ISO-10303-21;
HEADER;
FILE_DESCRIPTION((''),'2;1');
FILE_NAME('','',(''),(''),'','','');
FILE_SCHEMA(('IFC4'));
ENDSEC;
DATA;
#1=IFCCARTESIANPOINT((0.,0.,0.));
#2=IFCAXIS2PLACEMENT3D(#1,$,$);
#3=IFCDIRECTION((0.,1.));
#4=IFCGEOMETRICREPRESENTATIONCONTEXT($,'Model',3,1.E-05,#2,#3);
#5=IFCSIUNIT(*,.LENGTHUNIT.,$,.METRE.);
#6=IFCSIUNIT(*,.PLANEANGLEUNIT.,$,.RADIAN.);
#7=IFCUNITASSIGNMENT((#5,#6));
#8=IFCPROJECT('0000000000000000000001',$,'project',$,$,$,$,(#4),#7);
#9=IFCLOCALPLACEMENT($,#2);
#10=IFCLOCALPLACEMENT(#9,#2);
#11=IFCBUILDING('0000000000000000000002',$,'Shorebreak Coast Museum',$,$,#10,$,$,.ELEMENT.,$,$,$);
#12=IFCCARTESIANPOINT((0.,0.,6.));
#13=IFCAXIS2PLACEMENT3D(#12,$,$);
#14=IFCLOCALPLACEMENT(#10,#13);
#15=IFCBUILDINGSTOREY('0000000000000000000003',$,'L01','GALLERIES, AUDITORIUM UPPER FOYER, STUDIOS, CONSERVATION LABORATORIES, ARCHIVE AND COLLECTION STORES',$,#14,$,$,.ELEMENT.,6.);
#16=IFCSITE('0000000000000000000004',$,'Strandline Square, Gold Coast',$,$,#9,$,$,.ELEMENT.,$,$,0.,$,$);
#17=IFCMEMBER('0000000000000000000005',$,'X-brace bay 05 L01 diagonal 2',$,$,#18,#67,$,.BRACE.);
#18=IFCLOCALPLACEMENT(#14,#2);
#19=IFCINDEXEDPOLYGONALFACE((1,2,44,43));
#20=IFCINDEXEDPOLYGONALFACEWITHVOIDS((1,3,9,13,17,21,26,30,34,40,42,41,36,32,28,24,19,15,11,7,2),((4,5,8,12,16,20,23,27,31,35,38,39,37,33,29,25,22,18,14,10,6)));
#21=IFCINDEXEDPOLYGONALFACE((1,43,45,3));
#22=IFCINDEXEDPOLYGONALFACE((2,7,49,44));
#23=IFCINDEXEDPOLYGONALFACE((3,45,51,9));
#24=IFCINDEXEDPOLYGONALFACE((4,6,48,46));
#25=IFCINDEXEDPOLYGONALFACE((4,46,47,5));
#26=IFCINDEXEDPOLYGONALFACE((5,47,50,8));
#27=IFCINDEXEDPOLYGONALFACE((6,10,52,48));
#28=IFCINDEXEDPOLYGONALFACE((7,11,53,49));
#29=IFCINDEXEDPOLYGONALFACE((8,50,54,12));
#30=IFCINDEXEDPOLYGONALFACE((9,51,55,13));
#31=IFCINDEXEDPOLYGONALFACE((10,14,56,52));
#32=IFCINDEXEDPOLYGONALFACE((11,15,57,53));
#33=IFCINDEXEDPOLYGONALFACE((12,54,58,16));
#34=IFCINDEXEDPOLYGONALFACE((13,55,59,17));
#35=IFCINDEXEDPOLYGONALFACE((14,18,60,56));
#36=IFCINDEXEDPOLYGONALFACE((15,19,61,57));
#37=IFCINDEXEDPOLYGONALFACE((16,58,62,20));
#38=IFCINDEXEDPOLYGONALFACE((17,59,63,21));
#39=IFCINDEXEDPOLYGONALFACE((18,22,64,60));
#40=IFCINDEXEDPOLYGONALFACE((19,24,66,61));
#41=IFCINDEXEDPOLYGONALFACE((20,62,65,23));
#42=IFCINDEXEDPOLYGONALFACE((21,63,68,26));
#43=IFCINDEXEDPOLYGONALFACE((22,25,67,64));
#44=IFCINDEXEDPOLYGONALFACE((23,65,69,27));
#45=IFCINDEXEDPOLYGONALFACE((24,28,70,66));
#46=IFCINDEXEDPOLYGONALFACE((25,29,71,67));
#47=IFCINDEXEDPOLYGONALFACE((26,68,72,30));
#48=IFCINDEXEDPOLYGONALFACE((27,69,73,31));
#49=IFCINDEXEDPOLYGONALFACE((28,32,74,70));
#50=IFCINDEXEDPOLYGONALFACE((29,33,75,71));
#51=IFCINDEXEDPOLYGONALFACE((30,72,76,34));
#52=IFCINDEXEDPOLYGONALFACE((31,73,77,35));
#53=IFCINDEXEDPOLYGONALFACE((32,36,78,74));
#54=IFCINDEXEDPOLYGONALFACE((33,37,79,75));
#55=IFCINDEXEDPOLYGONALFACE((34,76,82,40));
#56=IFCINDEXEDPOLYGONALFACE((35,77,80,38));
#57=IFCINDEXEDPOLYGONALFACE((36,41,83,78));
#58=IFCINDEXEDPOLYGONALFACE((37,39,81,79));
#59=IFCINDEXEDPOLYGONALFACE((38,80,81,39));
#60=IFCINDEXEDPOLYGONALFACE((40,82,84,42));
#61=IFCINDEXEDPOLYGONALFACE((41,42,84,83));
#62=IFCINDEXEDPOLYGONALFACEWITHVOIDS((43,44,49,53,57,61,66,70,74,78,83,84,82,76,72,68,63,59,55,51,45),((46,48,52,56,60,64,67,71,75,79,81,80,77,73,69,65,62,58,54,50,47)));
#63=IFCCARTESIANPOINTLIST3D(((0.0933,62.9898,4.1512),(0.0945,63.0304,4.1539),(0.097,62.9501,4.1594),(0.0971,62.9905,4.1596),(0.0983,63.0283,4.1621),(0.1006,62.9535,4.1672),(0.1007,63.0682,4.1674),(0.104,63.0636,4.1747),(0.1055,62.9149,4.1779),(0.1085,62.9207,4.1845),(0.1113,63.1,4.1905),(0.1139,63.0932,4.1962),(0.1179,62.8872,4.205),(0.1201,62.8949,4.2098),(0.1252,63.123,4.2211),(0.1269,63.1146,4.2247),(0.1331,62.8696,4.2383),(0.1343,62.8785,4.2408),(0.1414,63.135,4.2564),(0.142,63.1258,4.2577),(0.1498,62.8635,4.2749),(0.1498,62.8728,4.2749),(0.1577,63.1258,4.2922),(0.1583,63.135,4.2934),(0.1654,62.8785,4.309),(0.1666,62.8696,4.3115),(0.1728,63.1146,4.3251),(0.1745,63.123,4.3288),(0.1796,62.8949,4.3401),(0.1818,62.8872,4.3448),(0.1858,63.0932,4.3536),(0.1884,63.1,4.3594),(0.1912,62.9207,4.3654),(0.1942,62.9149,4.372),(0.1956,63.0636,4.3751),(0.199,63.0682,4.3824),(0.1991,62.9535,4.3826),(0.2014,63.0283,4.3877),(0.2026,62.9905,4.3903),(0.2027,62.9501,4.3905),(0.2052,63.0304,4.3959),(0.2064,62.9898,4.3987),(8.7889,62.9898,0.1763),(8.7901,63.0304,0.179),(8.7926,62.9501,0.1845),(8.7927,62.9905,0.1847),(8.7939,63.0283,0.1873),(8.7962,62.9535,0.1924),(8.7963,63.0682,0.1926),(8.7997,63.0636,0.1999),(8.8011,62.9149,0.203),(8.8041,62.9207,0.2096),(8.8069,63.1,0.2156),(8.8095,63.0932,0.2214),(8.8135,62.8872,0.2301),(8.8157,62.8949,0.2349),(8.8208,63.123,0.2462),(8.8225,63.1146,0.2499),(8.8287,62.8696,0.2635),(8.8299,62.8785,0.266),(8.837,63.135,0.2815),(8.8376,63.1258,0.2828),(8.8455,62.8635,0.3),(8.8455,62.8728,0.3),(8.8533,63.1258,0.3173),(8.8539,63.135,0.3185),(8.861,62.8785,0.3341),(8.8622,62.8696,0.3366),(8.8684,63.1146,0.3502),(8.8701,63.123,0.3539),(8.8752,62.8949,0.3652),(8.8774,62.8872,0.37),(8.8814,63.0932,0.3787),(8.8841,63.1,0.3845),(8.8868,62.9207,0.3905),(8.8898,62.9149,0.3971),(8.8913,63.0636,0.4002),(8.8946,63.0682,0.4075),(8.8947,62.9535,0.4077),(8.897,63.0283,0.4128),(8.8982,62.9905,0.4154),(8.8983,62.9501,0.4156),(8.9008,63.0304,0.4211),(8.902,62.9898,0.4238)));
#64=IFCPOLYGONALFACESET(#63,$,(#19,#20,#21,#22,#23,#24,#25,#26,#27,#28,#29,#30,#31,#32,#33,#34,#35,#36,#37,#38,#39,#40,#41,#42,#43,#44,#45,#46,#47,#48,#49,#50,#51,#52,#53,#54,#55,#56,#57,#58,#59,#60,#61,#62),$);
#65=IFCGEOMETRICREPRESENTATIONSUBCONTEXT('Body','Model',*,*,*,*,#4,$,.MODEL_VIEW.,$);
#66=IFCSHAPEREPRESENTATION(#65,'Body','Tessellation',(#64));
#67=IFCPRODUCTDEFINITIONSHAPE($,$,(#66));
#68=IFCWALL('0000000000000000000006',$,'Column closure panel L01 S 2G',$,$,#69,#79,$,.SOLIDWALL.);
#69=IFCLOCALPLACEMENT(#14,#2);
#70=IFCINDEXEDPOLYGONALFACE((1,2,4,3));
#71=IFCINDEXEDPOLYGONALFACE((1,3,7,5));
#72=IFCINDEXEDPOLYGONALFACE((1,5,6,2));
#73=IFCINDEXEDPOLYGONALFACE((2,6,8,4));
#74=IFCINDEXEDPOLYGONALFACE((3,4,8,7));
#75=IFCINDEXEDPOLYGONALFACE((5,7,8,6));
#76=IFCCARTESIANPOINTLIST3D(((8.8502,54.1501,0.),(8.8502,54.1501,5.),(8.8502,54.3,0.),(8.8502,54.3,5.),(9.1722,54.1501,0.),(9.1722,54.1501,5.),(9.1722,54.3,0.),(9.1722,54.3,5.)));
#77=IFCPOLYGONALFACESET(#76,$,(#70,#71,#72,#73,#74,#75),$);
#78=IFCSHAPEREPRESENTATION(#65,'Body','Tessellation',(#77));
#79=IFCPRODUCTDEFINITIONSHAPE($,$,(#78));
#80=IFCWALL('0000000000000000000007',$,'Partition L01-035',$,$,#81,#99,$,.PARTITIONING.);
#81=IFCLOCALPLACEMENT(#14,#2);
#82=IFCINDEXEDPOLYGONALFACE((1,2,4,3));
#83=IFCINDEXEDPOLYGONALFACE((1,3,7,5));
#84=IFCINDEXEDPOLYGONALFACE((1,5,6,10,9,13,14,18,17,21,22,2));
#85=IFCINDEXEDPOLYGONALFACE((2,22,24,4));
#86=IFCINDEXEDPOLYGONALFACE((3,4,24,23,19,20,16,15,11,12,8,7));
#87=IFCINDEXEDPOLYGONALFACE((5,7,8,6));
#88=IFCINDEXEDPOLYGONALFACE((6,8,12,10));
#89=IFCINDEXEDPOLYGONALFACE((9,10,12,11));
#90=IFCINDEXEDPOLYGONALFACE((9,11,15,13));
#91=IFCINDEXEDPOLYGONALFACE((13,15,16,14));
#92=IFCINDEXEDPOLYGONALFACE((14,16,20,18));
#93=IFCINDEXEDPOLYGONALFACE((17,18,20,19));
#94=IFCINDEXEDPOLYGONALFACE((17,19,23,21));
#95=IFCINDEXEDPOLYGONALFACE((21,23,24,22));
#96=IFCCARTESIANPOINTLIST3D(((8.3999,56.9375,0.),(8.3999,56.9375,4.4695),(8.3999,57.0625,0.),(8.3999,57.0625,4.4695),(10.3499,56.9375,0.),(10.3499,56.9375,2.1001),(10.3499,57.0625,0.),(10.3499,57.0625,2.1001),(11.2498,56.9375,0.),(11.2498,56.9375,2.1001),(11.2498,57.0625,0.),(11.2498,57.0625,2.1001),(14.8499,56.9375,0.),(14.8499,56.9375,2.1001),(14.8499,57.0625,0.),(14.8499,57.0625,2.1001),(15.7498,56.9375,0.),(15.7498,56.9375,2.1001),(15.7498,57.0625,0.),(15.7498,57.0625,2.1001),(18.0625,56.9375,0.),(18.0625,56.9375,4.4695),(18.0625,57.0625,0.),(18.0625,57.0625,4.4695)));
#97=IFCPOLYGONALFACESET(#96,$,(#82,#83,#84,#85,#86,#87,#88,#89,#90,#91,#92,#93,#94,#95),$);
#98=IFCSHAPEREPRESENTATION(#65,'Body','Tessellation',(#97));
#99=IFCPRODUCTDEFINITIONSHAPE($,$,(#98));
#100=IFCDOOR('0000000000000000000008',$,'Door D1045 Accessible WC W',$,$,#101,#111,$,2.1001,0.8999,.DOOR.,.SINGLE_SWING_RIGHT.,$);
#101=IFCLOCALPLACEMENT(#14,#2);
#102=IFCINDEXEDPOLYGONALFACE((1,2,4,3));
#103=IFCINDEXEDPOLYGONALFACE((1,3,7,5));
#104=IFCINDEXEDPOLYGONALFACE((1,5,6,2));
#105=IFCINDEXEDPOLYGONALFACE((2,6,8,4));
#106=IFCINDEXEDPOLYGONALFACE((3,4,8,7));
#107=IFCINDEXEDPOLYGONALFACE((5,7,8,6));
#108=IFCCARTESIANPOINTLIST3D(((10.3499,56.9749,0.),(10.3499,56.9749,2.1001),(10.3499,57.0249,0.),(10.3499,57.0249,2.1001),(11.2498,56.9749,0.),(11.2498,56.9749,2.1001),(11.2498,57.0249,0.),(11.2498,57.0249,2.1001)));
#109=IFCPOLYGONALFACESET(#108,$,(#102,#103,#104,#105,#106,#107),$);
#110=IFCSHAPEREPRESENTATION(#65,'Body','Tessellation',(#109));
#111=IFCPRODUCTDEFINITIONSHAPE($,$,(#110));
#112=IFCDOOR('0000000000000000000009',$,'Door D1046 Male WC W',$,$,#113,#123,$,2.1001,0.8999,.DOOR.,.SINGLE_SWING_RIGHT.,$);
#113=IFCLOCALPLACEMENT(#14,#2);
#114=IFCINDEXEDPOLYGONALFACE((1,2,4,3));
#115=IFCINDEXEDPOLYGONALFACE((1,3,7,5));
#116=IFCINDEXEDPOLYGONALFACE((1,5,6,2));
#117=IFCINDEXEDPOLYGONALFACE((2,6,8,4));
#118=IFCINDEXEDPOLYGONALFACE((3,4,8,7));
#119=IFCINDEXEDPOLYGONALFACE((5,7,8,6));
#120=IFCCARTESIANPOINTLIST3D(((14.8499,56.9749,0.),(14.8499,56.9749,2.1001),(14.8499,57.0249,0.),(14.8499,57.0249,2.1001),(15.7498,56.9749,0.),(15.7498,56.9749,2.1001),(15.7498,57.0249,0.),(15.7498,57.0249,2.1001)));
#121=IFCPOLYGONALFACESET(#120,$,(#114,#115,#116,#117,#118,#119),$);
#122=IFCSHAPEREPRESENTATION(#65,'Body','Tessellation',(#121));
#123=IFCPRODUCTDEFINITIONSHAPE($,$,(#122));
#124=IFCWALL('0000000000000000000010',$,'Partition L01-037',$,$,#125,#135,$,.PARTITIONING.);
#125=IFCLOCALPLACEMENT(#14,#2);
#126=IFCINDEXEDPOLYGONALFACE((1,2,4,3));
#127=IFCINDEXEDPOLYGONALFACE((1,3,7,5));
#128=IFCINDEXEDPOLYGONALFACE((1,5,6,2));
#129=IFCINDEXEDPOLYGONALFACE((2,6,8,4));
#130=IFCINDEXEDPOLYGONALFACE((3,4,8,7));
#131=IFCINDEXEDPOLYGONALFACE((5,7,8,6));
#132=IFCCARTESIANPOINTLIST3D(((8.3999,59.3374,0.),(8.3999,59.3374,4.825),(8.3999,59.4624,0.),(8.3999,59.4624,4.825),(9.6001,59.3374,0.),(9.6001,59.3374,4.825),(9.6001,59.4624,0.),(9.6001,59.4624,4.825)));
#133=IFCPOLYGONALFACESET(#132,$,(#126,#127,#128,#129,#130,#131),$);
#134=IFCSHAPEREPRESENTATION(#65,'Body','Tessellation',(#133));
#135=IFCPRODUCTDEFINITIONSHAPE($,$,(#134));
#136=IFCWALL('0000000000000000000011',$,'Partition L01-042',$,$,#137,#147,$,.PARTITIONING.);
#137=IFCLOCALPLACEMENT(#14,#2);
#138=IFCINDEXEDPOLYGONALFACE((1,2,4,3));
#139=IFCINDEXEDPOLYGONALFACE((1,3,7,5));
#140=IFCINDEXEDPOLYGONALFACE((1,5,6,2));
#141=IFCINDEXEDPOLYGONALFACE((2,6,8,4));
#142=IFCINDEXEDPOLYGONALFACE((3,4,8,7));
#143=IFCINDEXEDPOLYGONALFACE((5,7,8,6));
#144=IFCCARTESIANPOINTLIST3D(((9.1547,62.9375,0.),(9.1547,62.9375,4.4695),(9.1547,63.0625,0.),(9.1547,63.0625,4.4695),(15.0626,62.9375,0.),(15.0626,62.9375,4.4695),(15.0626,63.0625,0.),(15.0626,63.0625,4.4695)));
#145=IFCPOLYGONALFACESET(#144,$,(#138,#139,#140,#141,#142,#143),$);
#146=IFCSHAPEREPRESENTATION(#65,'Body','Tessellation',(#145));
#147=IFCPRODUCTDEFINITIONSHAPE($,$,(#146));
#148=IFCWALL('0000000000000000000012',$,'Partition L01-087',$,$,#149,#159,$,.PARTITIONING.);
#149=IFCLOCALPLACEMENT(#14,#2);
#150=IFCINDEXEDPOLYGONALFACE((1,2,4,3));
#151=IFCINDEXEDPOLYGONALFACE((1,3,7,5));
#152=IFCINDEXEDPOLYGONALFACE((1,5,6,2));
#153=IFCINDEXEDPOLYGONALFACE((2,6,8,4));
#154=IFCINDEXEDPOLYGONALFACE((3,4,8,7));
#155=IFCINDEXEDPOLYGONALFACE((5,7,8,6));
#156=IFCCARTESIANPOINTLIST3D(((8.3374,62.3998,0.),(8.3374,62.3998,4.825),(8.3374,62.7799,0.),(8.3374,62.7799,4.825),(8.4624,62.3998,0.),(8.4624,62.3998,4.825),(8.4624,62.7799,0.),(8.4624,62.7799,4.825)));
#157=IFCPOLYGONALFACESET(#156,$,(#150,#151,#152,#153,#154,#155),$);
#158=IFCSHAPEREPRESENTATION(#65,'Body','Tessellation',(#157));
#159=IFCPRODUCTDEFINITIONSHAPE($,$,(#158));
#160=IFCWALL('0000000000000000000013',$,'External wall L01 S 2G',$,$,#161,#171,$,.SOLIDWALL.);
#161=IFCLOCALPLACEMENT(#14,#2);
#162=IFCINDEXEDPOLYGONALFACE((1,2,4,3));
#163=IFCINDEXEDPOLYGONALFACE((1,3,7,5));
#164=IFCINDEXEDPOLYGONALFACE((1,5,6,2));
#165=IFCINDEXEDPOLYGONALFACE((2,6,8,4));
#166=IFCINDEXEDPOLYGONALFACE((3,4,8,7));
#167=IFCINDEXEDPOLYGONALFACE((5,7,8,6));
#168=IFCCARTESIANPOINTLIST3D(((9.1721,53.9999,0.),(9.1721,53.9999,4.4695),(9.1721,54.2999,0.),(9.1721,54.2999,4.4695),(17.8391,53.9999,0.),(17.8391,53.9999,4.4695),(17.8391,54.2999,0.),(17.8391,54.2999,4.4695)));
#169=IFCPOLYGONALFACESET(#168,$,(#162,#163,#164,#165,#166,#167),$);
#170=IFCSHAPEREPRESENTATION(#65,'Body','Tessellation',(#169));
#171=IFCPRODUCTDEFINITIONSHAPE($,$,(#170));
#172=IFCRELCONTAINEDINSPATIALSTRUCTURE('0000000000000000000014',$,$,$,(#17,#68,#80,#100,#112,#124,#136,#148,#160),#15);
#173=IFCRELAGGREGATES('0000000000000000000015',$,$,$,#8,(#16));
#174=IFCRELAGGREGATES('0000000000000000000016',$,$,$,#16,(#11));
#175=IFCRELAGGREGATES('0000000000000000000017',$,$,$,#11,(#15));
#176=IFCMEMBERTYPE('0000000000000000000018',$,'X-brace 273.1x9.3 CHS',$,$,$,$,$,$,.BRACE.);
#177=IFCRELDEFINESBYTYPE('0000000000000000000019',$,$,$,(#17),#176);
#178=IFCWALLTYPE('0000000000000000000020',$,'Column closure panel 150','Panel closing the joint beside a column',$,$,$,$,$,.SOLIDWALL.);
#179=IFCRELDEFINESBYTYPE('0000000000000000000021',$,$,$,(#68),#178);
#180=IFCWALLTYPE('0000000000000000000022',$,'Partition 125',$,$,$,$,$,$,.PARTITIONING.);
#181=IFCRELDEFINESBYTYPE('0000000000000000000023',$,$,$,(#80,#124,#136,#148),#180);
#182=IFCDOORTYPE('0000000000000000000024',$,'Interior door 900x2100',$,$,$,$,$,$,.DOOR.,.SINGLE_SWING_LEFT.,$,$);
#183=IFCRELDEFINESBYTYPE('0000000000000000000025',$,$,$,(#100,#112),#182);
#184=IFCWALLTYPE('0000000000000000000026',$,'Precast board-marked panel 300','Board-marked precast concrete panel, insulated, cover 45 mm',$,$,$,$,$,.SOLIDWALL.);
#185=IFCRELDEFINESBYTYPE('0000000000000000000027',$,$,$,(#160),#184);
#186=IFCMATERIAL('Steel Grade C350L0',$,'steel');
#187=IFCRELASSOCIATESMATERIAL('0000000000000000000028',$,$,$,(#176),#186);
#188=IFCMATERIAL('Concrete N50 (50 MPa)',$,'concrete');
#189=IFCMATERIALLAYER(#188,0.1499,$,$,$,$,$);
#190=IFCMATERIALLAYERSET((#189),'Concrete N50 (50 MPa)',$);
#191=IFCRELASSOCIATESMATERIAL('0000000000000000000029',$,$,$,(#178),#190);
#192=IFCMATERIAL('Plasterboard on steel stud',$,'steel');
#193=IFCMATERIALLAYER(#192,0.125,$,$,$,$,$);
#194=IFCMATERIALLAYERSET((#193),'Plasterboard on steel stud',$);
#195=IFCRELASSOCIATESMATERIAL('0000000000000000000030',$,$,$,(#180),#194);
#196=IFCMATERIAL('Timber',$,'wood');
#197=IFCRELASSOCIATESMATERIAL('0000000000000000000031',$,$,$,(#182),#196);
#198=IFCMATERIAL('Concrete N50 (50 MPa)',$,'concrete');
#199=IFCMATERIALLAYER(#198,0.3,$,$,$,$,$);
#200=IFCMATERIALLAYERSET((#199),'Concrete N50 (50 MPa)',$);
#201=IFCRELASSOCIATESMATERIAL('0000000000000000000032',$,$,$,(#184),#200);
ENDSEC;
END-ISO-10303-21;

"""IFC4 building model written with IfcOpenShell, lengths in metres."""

from ifc_helpers import new_model, si_unit, direction, frame, frame_2d, origin, origin_2d, place, context, subcontext, project, spatial, rectangle, hollow_circle, extrude, material, layer, layer_set, material_profile, profile_set, type_object, element, fill, save


model = new_model("IFC4")

# Units and contexts
model_context = context("Model", 3, precision=1e-05, world=origin(), true_north=direction((0.0, 1.0)))
body_context = subcontext(model_context, "Body", "Model", "MODEL_VIEW")
ifc_project = project(units=[si_unit("LENGTHUNIT", "METRE"), si_unit("PLANEANGLEUNIT", "RADIAN")], contexts=[model_context])

# Site, building, storey
site_placement = place(None, origin())
site = spatial("IfcSite", under=ifc_project, at=site_placement, Name="Strandline Square, Gold Coast", CompositionType="ELEMENT", RefElevation=0.0)
building_placement = place(site_placement, origin())
building = spatial("IfcBuilding", under=site, at=building_placement, Name="Shorebreak Coast Museum", CompositionType="ELEMENT")
storey_placement = place(building_placement, frame((0.0, 0.0, 6.0)))
storey = spatial("IfcBuildingStorey", under=building, at=storey_placement, Name="L01", Description="GALLERIES, AUDITORIUM UPPER FOYER, STUDIOS, CONSERVATION LABORATORIES, ARCHIVE AND COLLECTION STORES", CompositionType="ELEMENT", Elevation=6.0)

# Member
ifc_material_1 = material(Name="Steel Grade C350L0", Category="steel")
ifc_material_profile_1 = material_profile(ifc_material_1, hollow_circle(Radius=0.1365, WallThickness=0.0093, at=origin_2d()), Name="273.1x9.3 CHS")
ifc_profile_set_1 = profile_set([ifc_material_profile_1], Name="Steel Grade C350L0")
member_type = type_object("IfcMemberType", Name="X-brace 273.1x9.3 CHS", PredefinedType="BRACE", material=ifc_profile_set_1)
member_placement = place(storey_placement, frame((8.8455, 63.0, 0.3), z_axis=(-0.909485, 0.0, 0.415737), x_axis=(0.0, -1.0, 0.0)))
element("IfcMember", 1, at=member_placement, inside=storey, type_object=member_type, Name="X-brace bay 05 L01 diagonal 2", PredefinedType="BRACE", context=body_context, shape_type="SweptSolid", body=[
    extrude(hollow_circle(Radius=0.1365, WallThickness=0.0093, at=origin_2d()), origin(), (0.0, 0.0, 1.0), 9.561),
])

# Wall
ifc_material_2 = material(Name="Concrete N50 (50 MPa)", Category="concrete")
ifc_layer_1 = layer(ifc_material_2, 0.1499)
ifc_layer_set_1 = layer_set([ifc_layer_1], Name="Concrete N50 (50 MPa)")
wall_type_1 = type_object("IfcWallType", Name="Column closure panel 150", Description="Panel closing the joint beside a column", PredefinedType="SOLIDWALL", material=ifc_layer_set_1)
wall_1_placement = place(storey_placement, frame((8.8501, 54.2251, 0.0), z_axis=(0.0, 0.0, 1.0), x_axis=(1.0, 0.0, 0.0)))
element("IfcWall", 2, at=wall_1_placement, inside=storey, type_object=wall_type_1, Name="Column closure panel L01 S 2G", PredefinedType="SOLIDWALL", context=body_context, shape_type="SweptSolid", body=[
    extrude(rectangle(XDim=0.322, YDim=0.1499, at=frame_2d((0.1611, 0.0))), origin(), (0.0, 0.0, 1.0), 5.0),
])

# Wall, openings, doors
ifc_material_3 = material(Name="Plasterboard on steel stud", Category="steel")
ifc_layer_2 = layer(ifc_material_3, 0.125)
ifc_layer_set_2 = layer_set([ifc_layer_2], Name="Plasterboard on steel stud")
wall_type_2 = type_object("IfcWallType", Name="Partition 125", PredefinedType="PARTITIONING", material=ifc_layer_set_2)
wall_2_placement = place(storey_placement, frame((8.3999, 57.0, 0.0), z_axis=(0.0, 0.0, 1.0), x_axis=(1.0, 0.0, 0.0)))
wall_2 = element("IfcWall", 3, at=wall_2_placement, inside=storey, type_object=wall_type_2, Name="Partition L01-035", PredefinedType="PARTITIONING", context=body_context, shape_type="SweptSolid", body=[
    extrude(rectangle(XDim=9.6626, YDim=0.125, at=frame_2d((4.8313, 0.0))), origin(), (0.0, 0.0, 1.0), 4.4695),
])
opening_1_placement = place(wall_2_placement, frame((1.95, 0.0, 0.0)))
opening_1 = element("IfcOpeningElement", 4, at=opening_1_placement, cuts=wall_2, PredefinedType="OPENING", context=body_context, shape_type="SweptSolid", body=[
    extrude(rectangle(XDim=0.8999, YDim=2.1001, at=frame_2d((0.45, 1.05))), frame((0.0, 0.0725, 0.0), z_axis=(0.0, -1.0, 0.0), x_axis=(1.0, 0.0, 0.0)), (0.0, 0.0, 1.0), 0.145),
])
opening_2_placement = place(wall_2_placement, frame((6.45, 0.0, 0.0)))
opening_2 = element("IfcOpeningElement", 5, at=opening_2_placement, cuts=wall_2, PredefinedType="OPENING", context=body_context, shape_type="SweptSolid", body=[
    extrude(rectangle(XDim=0.8999, YDim=2.1001, at=frame_2d((0.45, 1.05))), frame((0.0, 0.0725, 0.0), z_axis=(0.0, -1.0, 0.0), x_axis=(1.0, 0.0, 0.0)), (0.0, 0.0, 1.0), 0.145),
])
ifc_material_4 = material(Name="Timber", Category="wood")
door_type_1 = type_object("IfcDoorType", Name="Interior door 900x2100", OperationType="SINGLE_SWING_LEFT", PredefinedType="DOOR", material=ifc_material_4)
door_1_placement = place(opening_1_placement, origin())
door_1 = element("IfcDoor", 6, at=door_1_placement, inside=storey, type_object=door_type_1, Name="Door D1045 Accessible WC W", OperationType="SINGLE_SWING_RIGHT", OverallHeight=2.1001, OverallWidth=0.8999, PredefinedType="DOOR", context=body_context, shape_type="SweptSolid", body=[
    extrude(rectangle(XDim=0.8999, YDim=2.1001, at=frame_2d((0.45, 1.05))), frame((0.0, 0.0249, 0.0), z_axis=(0.0, -1.0, 0.0), x_axis=(1.0, 0.0, 0.0)), (0.0, 0.0, 1.0), 0.05),
])
fill(opening_1, door_1)
door_2_placement = place(opening_2_placement, origin())
door_2 = element("IfcDoor", 7, at=door_2_placement, inside=storey, type_object=door_type_1, Name="Door D1046 Male WC W", OperationType="SINGLE_SWING_RIGHT", OverallHeight=2.1001, OverallWidth=0.8999, PredefinedType="DOOR", context=body_context, shape_type="SweptSolid", body=[
    extrude(rectangle(XDim=0.8999, YDim=2.1001, at=frame_2d((0.45, 1.05))), frame((0.0, 0.0249, 0.0), z_axis=(0.0, -1.0, 0.0), x_axis=(1.0, 0.0, 0.0)), (0.0, 0.0, 1.0), 0.05),
])
fill(opening_2, door_2)

# Walls
wall_3_placement = place(storey_placement, frame((8.3999, 59.3999, 0.0), z_axis=(0.0, 0.0, 1.0), x_axis=(1.0, 0.0, 0.0)))
element("IfcWall", 8, at=wall_3_placement, inside=storey, type_object=wall_type_2, Name="Partition L01-037", PredefinedType="PARTITIONING", context=body_context, shape_type="SweptSolid", body=[
    extrude(rectangle(XDim=1.2002, YDim=0.125, at=frame_2d((0.6001, 0.0))), origin(), (0.0, 0.0, 1.0), 4.825),
])
wall_4_placement = place(storey_placement, frame((9.1545, 63.0, 0.0), z_axis=(0.0, 0.0, 1.0), x_axis=(1.0, 0.0, 0.0)))
element("IfcWall", 9, at=wall_4_placement, inside=storey, type_object=wall_type_2, Name="Partition L01-042", PredefinedType="PARTITIONING", context=body_context, shape_type="SweptSolid", body=[
    extrude(rectangle(XDim=5.908, YDim=0.125, at=frame_2d((2.9541, 0.0))), origin(), (0.0, 0.0, 1.0), 4.4695),
])
wall_5_placement = place(storey_placement, frame((8.3999, 62.3999, 0.0), z_axis=(0.0, 0.0, 1.0), x_axis=(0.0, 1.0, 0.0)))
element("IfcWall", 10, at=wall_5_placement, inside=storey, type_object=wall_type_2, Name="Partition L01-087", PredefinedType="PARTITIONING", context=body_context, shape_type="SweptSolid", body=[
    extrude(rectangle(XDim=0.3801, YDim=0.125, at=frame_2d((0.1899, 0.0))), origin(), (0.0, 0.0, 1.0), 4.825),
])
ifc_material_5 = material(Name="Concrete N50 (50 MPa)", Category="concrete")
ifc_layer_3 = layer(ifc_material_5, 0.3)
ifc_layer_set_3 = layer_set([ifc_layer_3], Name="Concrete N50 (50 MPa)")
wall_type_3 = type_object("IfcWallType", Name="Precast board-marked panel 300", Description="Board-marked precast concrete panel, insulated, cover 45 mm", PredefinedType="SOLIDWALL", material=ifc_layer_set_3)
wall_6_placement = place(storey_placement, frame((9.1721, 54.1499, 0.0), z_axis=(0.0, 0.0, 1.0), x_axis=(1.0, 0.0, 0.0)))
element("IfcWall", 11, at=wall_6_placement, inside=storey, type_object=wall_type_3, Name="External wall L01 S 2G", PredefinedType="SOLIDWALL", context=body_context, shape_type="SweptSolid", body=[
    extrude(rectangle(XDim=8.667, YDim=0.3, at=frame_2d((4.3335, 0.0))), origin(), (0.0, 0.0, 1.0), 4.4695),
])

save(model, "model.ifc")
